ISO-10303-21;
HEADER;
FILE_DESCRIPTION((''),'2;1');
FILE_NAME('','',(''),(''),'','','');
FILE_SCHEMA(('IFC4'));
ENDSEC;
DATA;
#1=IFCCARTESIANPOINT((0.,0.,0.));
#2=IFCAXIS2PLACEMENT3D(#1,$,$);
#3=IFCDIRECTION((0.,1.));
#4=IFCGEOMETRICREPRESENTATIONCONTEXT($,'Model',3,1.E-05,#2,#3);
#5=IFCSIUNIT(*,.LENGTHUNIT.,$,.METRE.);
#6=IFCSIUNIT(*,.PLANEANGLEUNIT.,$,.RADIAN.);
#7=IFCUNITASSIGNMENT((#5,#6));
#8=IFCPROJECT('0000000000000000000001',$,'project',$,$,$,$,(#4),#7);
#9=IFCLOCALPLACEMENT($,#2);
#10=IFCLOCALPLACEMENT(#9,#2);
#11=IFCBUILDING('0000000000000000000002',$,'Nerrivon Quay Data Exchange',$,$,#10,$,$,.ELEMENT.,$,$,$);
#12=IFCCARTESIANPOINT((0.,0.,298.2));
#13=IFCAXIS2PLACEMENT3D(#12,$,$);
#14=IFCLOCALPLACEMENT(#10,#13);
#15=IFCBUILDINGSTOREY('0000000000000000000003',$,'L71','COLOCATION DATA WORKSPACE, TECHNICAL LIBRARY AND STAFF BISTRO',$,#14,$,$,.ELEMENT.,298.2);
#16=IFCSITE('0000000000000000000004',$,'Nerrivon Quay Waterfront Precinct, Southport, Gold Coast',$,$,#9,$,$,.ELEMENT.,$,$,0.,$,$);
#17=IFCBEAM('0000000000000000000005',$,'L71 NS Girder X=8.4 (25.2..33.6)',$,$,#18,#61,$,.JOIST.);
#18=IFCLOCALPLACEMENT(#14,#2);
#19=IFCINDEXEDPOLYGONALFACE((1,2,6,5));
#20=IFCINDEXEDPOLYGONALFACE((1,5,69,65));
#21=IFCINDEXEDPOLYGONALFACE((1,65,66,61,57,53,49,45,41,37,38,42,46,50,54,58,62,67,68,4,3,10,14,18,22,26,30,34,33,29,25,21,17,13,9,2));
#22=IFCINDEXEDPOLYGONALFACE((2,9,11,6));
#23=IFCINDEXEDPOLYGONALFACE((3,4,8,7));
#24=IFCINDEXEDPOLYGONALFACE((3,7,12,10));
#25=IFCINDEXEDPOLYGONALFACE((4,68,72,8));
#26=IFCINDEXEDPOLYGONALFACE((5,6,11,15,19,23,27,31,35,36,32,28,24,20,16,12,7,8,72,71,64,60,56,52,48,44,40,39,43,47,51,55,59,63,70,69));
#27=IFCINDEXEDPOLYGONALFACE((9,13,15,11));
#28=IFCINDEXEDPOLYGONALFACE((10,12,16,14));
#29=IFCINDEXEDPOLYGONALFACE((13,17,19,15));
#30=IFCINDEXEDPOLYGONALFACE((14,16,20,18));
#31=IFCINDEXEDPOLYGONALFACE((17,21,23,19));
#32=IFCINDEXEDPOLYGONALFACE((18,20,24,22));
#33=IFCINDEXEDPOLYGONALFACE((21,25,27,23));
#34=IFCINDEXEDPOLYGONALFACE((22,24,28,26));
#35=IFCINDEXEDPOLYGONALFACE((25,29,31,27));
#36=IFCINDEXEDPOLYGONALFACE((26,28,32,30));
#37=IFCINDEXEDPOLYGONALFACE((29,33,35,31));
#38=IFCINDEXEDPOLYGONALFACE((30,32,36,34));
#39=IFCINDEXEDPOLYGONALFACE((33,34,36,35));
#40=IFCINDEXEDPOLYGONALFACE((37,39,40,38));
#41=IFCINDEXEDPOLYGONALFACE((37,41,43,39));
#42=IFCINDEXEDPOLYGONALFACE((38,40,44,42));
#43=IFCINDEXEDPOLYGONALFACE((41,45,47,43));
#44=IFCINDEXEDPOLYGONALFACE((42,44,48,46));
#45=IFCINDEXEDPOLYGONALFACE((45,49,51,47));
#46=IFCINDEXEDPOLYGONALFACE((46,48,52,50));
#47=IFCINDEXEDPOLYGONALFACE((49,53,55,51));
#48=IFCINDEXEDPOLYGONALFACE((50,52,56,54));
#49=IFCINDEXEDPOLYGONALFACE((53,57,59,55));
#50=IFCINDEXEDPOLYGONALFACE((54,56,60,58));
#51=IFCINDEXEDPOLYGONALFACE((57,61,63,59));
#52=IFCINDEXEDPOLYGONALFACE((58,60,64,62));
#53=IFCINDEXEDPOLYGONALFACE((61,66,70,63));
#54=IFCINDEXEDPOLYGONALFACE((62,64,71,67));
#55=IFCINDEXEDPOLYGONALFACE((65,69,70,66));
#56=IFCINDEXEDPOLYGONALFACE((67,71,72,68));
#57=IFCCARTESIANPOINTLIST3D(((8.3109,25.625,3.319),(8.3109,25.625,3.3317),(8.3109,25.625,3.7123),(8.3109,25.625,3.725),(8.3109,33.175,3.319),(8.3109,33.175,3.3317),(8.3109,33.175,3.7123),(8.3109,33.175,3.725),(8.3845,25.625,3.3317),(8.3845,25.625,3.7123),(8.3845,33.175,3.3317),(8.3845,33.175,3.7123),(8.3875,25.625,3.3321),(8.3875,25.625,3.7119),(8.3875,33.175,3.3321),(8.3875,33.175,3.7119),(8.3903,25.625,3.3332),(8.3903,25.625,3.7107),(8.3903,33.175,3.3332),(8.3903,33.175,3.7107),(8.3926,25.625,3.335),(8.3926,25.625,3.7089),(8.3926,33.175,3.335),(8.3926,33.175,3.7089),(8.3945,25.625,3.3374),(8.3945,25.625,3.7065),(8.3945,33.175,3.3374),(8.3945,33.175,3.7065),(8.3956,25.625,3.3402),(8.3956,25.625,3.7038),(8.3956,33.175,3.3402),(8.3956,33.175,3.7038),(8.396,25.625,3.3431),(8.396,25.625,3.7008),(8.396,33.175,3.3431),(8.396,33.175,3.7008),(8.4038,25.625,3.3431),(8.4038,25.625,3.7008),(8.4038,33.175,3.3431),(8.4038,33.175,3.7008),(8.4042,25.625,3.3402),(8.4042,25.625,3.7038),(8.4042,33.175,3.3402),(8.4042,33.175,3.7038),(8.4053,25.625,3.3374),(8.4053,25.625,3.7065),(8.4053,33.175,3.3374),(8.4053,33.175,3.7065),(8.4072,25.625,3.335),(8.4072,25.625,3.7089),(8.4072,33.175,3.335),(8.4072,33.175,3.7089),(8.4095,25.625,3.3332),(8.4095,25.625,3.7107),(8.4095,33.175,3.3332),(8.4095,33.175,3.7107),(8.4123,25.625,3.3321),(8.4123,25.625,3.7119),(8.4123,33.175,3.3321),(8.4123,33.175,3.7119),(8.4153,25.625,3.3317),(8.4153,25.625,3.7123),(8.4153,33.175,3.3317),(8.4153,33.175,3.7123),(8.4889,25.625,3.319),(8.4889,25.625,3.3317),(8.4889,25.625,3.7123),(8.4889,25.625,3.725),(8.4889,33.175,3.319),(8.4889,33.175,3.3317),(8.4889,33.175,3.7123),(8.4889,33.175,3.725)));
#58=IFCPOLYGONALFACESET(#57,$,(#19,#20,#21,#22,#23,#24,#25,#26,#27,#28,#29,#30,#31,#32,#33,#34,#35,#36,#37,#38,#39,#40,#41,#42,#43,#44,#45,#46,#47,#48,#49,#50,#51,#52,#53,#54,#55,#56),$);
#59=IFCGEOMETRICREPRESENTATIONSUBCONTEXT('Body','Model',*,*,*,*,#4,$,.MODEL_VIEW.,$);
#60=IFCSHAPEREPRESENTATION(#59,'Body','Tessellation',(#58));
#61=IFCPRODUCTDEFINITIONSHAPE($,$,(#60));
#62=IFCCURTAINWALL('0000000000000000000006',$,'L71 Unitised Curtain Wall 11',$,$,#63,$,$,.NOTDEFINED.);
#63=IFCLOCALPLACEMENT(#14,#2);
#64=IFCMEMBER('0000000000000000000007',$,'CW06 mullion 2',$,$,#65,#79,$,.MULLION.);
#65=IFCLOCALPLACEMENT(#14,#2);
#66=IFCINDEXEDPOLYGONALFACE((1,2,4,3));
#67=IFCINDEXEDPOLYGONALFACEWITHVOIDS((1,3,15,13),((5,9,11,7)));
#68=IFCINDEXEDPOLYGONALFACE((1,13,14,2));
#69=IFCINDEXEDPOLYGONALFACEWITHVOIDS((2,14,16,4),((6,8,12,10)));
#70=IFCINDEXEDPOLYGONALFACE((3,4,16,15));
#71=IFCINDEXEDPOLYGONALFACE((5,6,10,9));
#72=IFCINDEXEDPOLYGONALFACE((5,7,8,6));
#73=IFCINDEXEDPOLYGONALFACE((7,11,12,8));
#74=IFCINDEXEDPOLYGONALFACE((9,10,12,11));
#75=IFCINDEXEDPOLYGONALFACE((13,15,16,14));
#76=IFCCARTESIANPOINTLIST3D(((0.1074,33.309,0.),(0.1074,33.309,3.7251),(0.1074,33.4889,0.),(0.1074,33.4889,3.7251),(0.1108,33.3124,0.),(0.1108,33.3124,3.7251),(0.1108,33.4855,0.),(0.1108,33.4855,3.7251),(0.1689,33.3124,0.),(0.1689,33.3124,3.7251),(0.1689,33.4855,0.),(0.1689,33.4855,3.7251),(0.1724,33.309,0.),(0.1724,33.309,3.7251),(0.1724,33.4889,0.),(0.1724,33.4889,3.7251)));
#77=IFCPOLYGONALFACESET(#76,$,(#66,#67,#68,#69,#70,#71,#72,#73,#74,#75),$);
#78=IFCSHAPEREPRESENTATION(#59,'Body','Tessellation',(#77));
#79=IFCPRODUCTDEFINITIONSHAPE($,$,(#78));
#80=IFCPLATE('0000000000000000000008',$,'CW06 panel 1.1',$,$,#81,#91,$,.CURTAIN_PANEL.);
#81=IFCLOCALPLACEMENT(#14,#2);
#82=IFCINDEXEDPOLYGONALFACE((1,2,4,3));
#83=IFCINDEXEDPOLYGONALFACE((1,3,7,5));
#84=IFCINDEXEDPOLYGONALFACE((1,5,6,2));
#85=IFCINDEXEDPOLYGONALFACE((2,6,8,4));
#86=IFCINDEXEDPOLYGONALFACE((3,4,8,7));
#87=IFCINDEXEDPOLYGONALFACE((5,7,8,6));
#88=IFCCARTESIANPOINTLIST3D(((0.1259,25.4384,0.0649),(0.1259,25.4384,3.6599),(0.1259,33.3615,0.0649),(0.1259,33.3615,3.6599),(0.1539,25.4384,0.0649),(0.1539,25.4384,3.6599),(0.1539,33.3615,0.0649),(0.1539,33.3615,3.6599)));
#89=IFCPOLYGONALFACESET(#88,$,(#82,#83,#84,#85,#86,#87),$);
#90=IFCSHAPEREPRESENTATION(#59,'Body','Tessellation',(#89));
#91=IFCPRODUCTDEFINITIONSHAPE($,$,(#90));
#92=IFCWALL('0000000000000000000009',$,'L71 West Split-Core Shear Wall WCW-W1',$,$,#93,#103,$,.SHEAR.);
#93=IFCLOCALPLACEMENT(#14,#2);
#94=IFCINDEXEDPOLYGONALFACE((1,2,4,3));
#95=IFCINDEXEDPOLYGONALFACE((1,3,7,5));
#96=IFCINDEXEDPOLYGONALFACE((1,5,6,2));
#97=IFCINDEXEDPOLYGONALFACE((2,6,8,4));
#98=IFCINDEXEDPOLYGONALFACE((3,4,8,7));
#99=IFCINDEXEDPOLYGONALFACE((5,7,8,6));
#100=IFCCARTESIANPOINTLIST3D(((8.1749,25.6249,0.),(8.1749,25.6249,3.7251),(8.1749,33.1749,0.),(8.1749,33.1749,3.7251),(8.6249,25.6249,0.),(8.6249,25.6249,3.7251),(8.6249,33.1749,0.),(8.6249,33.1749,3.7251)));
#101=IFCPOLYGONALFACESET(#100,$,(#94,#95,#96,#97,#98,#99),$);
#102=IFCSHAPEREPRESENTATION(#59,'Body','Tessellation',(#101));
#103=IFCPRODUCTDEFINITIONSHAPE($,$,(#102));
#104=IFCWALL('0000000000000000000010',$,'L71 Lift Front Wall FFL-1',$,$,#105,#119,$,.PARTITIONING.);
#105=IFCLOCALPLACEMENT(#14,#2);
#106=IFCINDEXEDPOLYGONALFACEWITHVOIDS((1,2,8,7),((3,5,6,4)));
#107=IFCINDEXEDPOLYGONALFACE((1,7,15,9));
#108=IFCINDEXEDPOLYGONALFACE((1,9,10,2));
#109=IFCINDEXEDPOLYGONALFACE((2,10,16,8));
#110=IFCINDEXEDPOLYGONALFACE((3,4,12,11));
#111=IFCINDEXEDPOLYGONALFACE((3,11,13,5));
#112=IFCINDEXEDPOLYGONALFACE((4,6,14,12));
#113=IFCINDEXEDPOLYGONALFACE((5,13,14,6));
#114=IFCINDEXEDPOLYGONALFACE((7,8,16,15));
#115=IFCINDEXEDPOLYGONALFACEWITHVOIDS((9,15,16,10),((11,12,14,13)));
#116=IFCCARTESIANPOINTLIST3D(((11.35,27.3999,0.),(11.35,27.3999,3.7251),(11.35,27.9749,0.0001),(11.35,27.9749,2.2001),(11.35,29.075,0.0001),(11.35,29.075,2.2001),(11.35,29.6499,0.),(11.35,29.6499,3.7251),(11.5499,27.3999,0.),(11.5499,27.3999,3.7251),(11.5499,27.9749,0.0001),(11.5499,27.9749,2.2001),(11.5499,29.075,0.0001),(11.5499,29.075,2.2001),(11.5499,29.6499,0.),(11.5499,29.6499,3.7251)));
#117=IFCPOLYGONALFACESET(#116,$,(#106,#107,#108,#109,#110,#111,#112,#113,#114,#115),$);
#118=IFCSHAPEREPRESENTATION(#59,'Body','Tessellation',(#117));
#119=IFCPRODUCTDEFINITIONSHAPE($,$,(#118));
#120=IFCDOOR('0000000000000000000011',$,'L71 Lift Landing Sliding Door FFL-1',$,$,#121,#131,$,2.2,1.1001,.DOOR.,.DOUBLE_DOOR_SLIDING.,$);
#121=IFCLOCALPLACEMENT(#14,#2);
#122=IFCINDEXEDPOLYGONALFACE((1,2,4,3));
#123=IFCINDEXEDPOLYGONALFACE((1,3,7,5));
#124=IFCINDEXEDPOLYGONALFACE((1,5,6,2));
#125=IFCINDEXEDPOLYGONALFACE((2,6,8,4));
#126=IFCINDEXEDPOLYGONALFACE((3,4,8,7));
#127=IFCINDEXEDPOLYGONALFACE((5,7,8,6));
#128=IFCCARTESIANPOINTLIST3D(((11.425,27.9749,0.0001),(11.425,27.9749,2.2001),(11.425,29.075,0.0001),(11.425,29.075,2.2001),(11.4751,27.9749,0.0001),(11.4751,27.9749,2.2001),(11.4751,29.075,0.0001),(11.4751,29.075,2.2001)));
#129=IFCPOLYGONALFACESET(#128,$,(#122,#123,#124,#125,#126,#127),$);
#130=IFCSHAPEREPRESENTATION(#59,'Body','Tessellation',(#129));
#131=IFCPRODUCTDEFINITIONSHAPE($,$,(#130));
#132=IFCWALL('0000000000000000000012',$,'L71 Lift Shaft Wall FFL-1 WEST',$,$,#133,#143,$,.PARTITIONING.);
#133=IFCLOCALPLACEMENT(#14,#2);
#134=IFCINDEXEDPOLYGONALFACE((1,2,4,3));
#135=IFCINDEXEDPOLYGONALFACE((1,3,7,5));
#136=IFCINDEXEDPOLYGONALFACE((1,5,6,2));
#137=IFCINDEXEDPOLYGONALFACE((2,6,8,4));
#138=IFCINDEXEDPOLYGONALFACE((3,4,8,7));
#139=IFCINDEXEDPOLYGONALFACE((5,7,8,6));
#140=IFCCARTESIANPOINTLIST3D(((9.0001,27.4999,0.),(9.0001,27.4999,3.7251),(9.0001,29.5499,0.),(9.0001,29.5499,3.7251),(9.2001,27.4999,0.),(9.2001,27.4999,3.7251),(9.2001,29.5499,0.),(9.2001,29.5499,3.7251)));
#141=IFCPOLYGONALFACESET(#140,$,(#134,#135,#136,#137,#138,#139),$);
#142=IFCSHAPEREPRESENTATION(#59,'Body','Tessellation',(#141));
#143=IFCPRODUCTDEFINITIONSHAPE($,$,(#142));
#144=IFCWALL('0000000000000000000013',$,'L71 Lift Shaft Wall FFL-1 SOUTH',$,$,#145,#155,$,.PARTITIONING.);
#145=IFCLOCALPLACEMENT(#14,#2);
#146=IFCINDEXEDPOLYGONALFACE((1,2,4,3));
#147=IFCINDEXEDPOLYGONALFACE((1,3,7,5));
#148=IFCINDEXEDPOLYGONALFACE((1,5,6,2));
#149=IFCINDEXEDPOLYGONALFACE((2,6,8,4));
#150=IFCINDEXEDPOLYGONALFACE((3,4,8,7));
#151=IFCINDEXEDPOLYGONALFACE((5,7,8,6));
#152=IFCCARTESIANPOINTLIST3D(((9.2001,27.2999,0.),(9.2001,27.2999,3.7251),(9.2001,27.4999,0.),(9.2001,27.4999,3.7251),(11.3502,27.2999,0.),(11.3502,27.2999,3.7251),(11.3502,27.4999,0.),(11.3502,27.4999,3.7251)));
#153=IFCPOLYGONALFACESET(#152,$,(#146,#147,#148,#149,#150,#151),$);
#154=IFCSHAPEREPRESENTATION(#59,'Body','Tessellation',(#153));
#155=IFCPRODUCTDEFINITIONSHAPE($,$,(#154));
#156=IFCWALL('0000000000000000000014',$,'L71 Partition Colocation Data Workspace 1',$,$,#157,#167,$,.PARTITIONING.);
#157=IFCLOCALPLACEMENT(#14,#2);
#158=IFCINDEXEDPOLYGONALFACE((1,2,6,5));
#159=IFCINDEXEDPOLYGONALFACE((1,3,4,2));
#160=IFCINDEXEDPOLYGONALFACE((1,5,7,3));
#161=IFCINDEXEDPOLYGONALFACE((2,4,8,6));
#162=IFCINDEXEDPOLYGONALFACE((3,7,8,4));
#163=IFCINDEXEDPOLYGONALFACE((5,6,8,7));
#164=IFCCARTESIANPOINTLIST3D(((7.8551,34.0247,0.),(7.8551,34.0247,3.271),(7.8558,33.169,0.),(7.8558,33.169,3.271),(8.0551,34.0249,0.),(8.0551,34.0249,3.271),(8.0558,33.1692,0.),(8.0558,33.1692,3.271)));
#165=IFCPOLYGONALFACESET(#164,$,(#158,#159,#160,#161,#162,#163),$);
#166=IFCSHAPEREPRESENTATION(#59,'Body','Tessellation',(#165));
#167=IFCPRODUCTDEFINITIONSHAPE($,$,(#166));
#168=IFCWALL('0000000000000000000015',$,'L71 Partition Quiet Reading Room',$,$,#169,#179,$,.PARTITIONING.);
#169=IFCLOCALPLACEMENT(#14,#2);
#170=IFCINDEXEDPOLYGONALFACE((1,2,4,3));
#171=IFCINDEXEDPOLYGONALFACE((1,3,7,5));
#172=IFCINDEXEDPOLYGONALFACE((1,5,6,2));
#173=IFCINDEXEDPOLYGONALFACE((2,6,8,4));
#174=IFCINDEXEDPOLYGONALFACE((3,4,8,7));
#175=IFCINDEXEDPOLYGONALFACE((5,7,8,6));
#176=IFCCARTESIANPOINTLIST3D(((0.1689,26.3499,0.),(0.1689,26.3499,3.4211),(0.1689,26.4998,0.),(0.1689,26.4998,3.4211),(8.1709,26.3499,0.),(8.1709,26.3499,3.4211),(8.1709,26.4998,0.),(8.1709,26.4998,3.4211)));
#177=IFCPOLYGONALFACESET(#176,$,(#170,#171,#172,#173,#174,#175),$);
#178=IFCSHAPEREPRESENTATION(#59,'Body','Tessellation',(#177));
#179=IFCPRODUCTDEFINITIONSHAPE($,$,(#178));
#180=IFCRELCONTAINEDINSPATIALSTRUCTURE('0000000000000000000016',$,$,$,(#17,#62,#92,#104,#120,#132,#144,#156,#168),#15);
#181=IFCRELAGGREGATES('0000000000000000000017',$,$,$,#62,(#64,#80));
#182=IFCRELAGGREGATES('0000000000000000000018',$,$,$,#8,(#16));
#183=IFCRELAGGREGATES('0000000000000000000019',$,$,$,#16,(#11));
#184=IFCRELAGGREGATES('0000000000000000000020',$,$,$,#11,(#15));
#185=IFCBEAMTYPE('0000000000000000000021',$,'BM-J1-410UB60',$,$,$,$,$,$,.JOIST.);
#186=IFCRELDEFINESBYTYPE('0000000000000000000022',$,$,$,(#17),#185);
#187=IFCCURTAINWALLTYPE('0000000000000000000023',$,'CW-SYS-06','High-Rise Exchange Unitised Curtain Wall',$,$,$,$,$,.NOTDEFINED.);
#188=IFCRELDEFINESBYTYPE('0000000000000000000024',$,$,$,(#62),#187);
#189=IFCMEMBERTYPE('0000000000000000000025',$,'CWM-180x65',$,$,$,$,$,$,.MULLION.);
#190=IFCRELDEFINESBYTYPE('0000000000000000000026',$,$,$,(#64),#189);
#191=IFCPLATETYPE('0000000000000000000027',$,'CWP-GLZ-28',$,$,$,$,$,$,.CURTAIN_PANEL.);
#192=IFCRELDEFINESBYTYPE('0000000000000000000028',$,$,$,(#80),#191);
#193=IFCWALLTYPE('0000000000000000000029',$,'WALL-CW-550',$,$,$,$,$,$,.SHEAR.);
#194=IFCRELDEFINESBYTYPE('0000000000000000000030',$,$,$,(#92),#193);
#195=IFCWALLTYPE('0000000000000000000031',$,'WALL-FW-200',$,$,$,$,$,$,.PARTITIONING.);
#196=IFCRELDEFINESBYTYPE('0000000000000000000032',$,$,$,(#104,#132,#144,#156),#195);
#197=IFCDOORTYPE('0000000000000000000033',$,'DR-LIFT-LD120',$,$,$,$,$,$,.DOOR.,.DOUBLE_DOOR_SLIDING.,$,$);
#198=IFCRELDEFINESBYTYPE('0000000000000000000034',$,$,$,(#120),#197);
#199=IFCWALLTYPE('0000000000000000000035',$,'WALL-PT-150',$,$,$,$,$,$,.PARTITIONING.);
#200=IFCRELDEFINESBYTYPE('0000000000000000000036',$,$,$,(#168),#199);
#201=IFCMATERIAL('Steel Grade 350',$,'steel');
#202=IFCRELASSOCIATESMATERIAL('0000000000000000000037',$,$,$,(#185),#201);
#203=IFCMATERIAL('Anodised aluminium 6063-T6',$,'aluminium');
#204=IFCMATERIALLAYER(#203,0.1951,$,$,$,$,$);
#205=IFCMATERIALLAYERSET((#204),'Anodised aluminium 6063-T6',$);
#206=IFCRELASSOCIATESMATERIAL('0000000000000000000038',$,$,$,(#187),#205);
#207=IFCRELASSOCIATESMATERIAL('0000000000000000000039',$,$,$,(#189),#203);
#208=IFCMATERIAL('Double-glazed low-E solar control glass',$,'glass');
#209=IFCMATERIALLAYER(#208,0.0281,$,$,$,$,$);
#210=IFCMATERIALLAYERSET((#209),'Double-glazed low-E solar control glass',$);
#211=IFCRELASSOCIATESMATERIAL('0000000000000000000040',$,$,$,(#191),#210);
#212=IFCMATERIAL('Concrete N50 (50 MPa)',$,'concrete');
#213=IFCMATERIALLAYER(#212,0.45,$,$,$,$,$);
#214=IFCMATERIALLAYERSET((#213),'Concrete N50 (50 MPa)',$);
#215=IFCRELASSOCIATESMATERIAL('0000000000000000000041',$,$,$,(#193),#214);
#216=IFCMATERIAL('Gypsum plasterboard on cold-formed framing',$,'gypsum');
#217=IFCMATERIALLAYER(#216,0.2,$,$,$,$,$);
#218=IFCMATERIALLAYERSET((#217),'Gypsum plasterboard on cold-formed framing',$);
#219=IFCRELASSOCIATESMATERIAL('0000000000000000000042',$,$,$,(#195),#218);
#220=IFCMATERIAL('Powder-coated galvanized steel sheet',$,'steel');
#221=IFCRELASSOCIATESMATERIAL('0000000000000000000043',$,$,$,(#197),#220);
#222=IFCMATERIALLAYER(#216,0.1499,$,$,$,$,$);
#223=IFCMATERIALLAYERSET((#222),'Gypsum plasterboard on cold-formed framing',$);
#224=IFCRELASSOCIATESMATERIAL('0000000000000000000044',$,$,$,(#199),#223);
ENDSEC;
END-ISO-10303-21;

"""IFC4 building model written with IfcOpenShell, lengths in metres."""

from ifc_helpers import new_model, si_unit, direction, frame, frame_2d, origin, origin_2d, place, context, subcontext, project, spatial, rectangle, hollow_rectangle, i_section, extrude, material, layer, layer_set, material_profile, profile_set, type_object, element, fill, aggregate, save


model = new_model("IFC4")

# Units and contexts
model_context = context("Model", 3, precision=1e-05, world=origin(), true_north=direction((0.0, 1.0)))
body_context = subcontext(model_context, "Body", "Model", "MODEL_VIEW")
ifc_project = project(units=[si_unit("LENGTHUNIT", "METRE"), si_unit("PLANEANGLEUNIT", "RADIAN")], contexts=[model_context])

# Site, building, storey
site_placement = place(None, origin())
site = spatial("IfcSite", under=ifc_project, at=site_placement, Name="Nerrivon Quay Waterfront Precinct, Southport, Gold Coast", CompositionType="ELEMENT", RefElevation=0.0)
building_placement = place(site_placement, origin())
building = spatial("IfcBuilding", under=site, at=building_placement, Name="Nerrivon Quay Data Exchange", CompositionType="ELEMENT")
storey_placement = place(building_placement, frame((0.0, 0.0, 298.2)))
storey = spatial("IfcBuildingStorey", under=building, at=storey_placement, Name="L71", Description="COLOCATION DATA WORKSPACE, TECHNICAL LIBRARY AND STAFF BISTRO", CompositionType="ELEMENT", Elevation=298.2)

# Beam
ifc_material_1 = material(Name="Steel Grade 350", Category="steel")
ifc_material_profile_1 = material_profile(ifc_material_1, i_section(OverallWidth=0.178, OverallDepth=0.406, WebThickness=0.0078, FlangeThickness=0.0127, FilletRadius=0.0115, at=origin_2d()), Name="410UB59.7")
ifc_profile_set_1 = profile_set([ifc_material_profile_1], Name="Steel Grade 350")
beam_type = type_object("IfcBeamType", Name="BM-J1-410UB60", PredefinedType="JOIST", material=ifc_profile_set_1)
beam_placement = place(storey_placement, frame((8.3999, 25.625, 3.522), z_axis=(0.0, 1.0, 0.0), x_axis=(-1.0, 0.0, 0.0)))
element("IfcBeam", 1, at=beam_placement, inside=storey, type_object=beam_type, Name="L71 NS Girder X=8.4 (25.2..33.6)", PredefinedType="JOIST", context=body_context, shape_type="SweptSolid", body=[
    extrude(i_section(OverallWidth=0.178, OverallDepth=0.406, WebThickness=0.0078, FlangeThickness=0.0127, FilletRadius=0.0115, at=origin_2d()), origin(), (0.0, 0.0, 1.0), 7.55),
])

# Curtain wall, member, plate
ifc_material_2 = material(Name="Anodised aluminium 6063-T6", Category="aluminium")
ifc_layer_1 = layer(ifc_material_2, 0.1951)
ifc_layer_set_1 = layer_set([ifc_layer_1], Name="Anodised aluminium 6063-T6")
curtain_wall_type = type_object("IfcCurtainWallType", Name="CW-SYS-06", Description="High-Rise Exchange Unitised Curtain Wall", PredefinedType="NOTDEFINED", material=ifc_layer_set_1)
curtain_wall_placement = place(storey_placement, origin())
curtain_wall = element("IfcCurtainWall", 2, at=curtain_wall_placement, inside=storey, type_object=curtain_wall_type, Name="L71 Unitised Curtain Wall 11", PredefinedType="NOTDEFINED")
ifc_material_profile_2 = material_profile(ifc_material_2, hollow_rectangle(XDim=0.0649, YDim=0.1799, WallThickness=0.0034, at=origin_2d()), Name="ALU-MULL-180x65")
ifc_profile_set_2 = profile_set([ifc_material_profile_2], Name="Anodised aluminium 6063-T6")
member_type = type_object("IfcMemberType", Name="CWM-180x65", PredefinedType="MULLION", material=ifc_profile_set_2)
member_placement = place(storey_placement, frame((0.1399, 33.3989, 0.0), z_axis=(0.0, 0.0, 1.0), x_axis=(-1.0, 0.0, 0.0)))
member = element("IfcMember", 3, at=member_placement, type_object=member_type, Name="CW06 mullion 2", PredefinedType="MULLION", context=body_context, shape_type="SweptSolid", body=[
    extrude(hollow_rectangle(XDim=0.0649, YDim=0.1799, WallThickness=0.0034, at=origin_2d()), origin(), (0.0, 0.0, 1.0), 3.7251),
])
ifc_material_3 = material(Name="Double-glazed low-E solar control glass", Category="glass")
ifc_layer_2 = layer(ifc_material_3, 0.0281)
ifc_layer_set_2 = layer_set([ifc_layer_2], Name="Double-glazed low-E solar control glass")
plate_type = type_object("IfcPlateType", Name="CWP-GLZ-28", PredefinedType="CURTAIN_PANEL", material=ifc_layer_set_2)
plate_placement = place(storey_placement, frame((0.1399, 29.3999, 0.0649), z_axis=(0.0, 0.0, 1.0), x_axis=(0.0, 1.0, 0.0)))
plate = element("IfcPlate", 4, at=plate_placement, type_object=plate_type, Name="CW06 panel 1.1", PredefinedType="CURTAIN_PANEL", context=body_context, shape_type="SweptSolid", body=[
    extrude(rectangle(XDim=7.9231, YDim=0.0281, at=origin_2d()), origin(), (0.0, 0.0, 1.0), 3.595),
])
aggregate(curtain_wall, [member, plate])

# Wall
ifc_material_4 = material(Name="Concrete N50 (50 MPa)", Category="concrete")
ifc_layer_3 = layer(ifc_material_4, 0.45)
ifc_layer_set_3 = layer_set([ifc_layer_3], Name="Concrete N50 (50 MPa)")
wall_type_1 = type_object("IfcWallType", Name="WALL-CW-550", PredefinedType="SHEAR", material=ifc_layer_set_3)
wall_1_placement = place(storey_placement, frame((8.3999, 25.625, 0.0), z_axis=(0.0, 0.0, 1.0), x_axis=(0.0, 1.0, 0.0)))
element("IfcWall", 5, at=wall_1_placement, inside=storey, type_object=wall_type_1, Name="L71 West Split-Core Shear Wall WCW-W1", PredefinedType="SHEAR", context=body_context, shape_type="SweptSolid", body=[
    extrude(rectangle(XDim=7.55, YDim=0.45, at=frame_2d((3.7749, 0.0))), origin(), (0.0, 0.0, 1.0), 3.7251),
])

# Wall, opening, door
ifc_material_5 = material(Name="Gypsum plasterboard on cold-formed framing", Category="gypsum")
ifc_layer_4 = layer(ifc_material_5, 0.2)
ifc_layer_set_4 = layer_set([ifc_layer_4], Name="Gypsum plasterboard on cold-formed framing")
wall_type_2 = type_object("IfcWallType", Name="WALL-FW-200", PredefinedType="PARTITIONING", material=ifc_layer_set_4)
wall_2_placement = place(storey_placement, frame((11.45, 27.3999, 0.0), z_axis=(0.0, 0.0, 1.0), x_axis=(0.0, 1.0, 0.0)))
wall_2 = element("IfcWall", 6, at=wall_2_placement, inside=storey, type_object=wall_type_2, Name="L71 Lift Front Wall FFL-1", PredefinedType="PARTITIONING", context=body_context, shape_type="SweptSolid", body=[
    extrude(rectangle(XDim=2.25, YDim=0.2, at=frame_2d((1.125, 0.0))), origin(), (0.0, 0.0, 1.0), 3.7251),
])
opening_1_placement = place(wall_2_placement, frame((0.575, 0.0, 0.0)))
opening_1 = element("IfcOpeningElement", 7, at=opening_1_placement, cuts=wall_2, PredefinedType="OPENING", context=body_context, shape_type="SweptSolid", body=[
    extrude(rectangle(XDim=1.1001, YDim=2.2, at=frame_2d((0.55, 1.1001))), frame((0.0, 0.1099, 0.0), z_axis=(0.0, -1.0, 0.0), x_axis=(1.0, 0.0, 0.0)), (0.0, 0.0, 1.0), 0.22),
])
ifc_material_6 = material(Name="Powder-coated galvanized steel sheet", Category="steel")
door_type_1 = type_object("IfcDoorType", Name="DR-LIFT-LD120", OperationType="DOUBLE_DOOR_SLIDING", PredefinedType="DOOR", material=ifc_material_6)
door_1_placement = place(opening_1_placement, origin())
door_1 = element("IfcDoor", 8, at=door_1_placement, inside=storey, type_object=door_type_1, Name="L71 Lift Landing Sliding Door FFL-1", OperationType="DOUBLE_DOOR_SLIDING", OverallHeight=2.2, OverallWidth=1.1001, PredefinedType="DOOR", context=body_context, shape_type="SweptSolid", body=[
    extrude(rectangle(XDim=1.1001, YDim=2.2, at=frame_2d((0.55, 1.1001))), frame((0.0, 0.0249, 0.0), z_axis=(0.0, -1.0, 0.0), x_axis=(1.0, 0.0, 0.0)), (0.0, 0.0, 1.0), 0.05),
])
fill(opening_1, door_1)

# Walls
wall_3_placement = place(storey_placement, frame((9.1001, 27.5, 0.0), z_axis=(0.0, 0.0, 1.0), x_axis=(0.0, 1.0, 0.0)))
element("IfcWall", 9, at=wall_3_placement, inside=storey, type_object=wall_type_2, Name="L71 Lift Shaft Wall FFL-1 WEST", PredefinedType="PARTITIONING", context=body_context, shape_type="SweptSolid", body=[
    extrude(rectangle(XDim=2.05, YDim=0.2, at=frame_2d((1.0249, 0.0))), origin(), (0.0, 0.0, 1.0), 3.7251),
])
wall_4_placement = place(storey_placement, frame((9.2, 27.3999, 0.0), z_axis=(0.0, 0.0, 1.0), x_axis=(1.0, 0.0, 0.0)))
element("IfcWall", 10, at=wall_4_placement, inside=storey, type_object=wall_type_2, Name="L71 Lift Shaft Wall FFL-1 SOUTH", PredefinedType="PARTITIONING", context=body_context, shape_type="SweptSolid", body=[
    extrude(rectangle(XDim=2.1501, YDim=0.2, at=frame_2d((1.0752, 0.0))), origin(), (0.0, 0.0, 1.0), 3.7251),
])

# Walls
wall_5_placement = place(storey_placement, frame((7.9558, 33.1692, 0.0), z_axis=(0.0, 0.0, 1.0), x_axis=(-0.000856, 1.0, 0.0)))
element("IfcWall", 11, at=wall_5_placement, inside=storey, type_object=wall_type_2, Name="L71 Partition Colocation Data Workspace 1", PredefinedType="PARTITIONING", context=body_context, shape_type="SweptSolid", body=[
    extrude(rectangle(XDim=0.8557, YDim=0.2, at=frame_2d((0.4277, 0.0))), origin(), (0.0, 0.0, 1.0), 3.271),
])
ifc_layer_5 = layer(ifc_material_5, 0.1499)
ifc_layer_set_5 = layer_set([ifc_layer_5], Name="Gypsum plasterboard on cold-formed framing")
wall_type_3 = type_object("IfcWallType", Name="WALL-PT-150", PredefinedType="PARTITIONING", material=ifc_layer_set_5)
wall_6_placement = place(storey_placement, frame((8.1709, 26.4248, 0.0), z_axis=(0.0, 0.0, 1.0), x_axis=(-1.0, 0.0, 0.0)))
element("IfcWall", 12, at=wall_6_placement, inside=storey, type_object=wall_type_3, Name="L71 Partition Quiet Reading Room", PredefinedType="PARTITIONING", context=body_context, shape_type="SweptSolid", body=[
    extrude(rectangle(XDim=8.002, YDim=0.1499, at=frame_2d((4.001, 0.0))), origin(), (0.0, 0.0, 1.0), 3.4211),
])

save(model, "model.ifc")
